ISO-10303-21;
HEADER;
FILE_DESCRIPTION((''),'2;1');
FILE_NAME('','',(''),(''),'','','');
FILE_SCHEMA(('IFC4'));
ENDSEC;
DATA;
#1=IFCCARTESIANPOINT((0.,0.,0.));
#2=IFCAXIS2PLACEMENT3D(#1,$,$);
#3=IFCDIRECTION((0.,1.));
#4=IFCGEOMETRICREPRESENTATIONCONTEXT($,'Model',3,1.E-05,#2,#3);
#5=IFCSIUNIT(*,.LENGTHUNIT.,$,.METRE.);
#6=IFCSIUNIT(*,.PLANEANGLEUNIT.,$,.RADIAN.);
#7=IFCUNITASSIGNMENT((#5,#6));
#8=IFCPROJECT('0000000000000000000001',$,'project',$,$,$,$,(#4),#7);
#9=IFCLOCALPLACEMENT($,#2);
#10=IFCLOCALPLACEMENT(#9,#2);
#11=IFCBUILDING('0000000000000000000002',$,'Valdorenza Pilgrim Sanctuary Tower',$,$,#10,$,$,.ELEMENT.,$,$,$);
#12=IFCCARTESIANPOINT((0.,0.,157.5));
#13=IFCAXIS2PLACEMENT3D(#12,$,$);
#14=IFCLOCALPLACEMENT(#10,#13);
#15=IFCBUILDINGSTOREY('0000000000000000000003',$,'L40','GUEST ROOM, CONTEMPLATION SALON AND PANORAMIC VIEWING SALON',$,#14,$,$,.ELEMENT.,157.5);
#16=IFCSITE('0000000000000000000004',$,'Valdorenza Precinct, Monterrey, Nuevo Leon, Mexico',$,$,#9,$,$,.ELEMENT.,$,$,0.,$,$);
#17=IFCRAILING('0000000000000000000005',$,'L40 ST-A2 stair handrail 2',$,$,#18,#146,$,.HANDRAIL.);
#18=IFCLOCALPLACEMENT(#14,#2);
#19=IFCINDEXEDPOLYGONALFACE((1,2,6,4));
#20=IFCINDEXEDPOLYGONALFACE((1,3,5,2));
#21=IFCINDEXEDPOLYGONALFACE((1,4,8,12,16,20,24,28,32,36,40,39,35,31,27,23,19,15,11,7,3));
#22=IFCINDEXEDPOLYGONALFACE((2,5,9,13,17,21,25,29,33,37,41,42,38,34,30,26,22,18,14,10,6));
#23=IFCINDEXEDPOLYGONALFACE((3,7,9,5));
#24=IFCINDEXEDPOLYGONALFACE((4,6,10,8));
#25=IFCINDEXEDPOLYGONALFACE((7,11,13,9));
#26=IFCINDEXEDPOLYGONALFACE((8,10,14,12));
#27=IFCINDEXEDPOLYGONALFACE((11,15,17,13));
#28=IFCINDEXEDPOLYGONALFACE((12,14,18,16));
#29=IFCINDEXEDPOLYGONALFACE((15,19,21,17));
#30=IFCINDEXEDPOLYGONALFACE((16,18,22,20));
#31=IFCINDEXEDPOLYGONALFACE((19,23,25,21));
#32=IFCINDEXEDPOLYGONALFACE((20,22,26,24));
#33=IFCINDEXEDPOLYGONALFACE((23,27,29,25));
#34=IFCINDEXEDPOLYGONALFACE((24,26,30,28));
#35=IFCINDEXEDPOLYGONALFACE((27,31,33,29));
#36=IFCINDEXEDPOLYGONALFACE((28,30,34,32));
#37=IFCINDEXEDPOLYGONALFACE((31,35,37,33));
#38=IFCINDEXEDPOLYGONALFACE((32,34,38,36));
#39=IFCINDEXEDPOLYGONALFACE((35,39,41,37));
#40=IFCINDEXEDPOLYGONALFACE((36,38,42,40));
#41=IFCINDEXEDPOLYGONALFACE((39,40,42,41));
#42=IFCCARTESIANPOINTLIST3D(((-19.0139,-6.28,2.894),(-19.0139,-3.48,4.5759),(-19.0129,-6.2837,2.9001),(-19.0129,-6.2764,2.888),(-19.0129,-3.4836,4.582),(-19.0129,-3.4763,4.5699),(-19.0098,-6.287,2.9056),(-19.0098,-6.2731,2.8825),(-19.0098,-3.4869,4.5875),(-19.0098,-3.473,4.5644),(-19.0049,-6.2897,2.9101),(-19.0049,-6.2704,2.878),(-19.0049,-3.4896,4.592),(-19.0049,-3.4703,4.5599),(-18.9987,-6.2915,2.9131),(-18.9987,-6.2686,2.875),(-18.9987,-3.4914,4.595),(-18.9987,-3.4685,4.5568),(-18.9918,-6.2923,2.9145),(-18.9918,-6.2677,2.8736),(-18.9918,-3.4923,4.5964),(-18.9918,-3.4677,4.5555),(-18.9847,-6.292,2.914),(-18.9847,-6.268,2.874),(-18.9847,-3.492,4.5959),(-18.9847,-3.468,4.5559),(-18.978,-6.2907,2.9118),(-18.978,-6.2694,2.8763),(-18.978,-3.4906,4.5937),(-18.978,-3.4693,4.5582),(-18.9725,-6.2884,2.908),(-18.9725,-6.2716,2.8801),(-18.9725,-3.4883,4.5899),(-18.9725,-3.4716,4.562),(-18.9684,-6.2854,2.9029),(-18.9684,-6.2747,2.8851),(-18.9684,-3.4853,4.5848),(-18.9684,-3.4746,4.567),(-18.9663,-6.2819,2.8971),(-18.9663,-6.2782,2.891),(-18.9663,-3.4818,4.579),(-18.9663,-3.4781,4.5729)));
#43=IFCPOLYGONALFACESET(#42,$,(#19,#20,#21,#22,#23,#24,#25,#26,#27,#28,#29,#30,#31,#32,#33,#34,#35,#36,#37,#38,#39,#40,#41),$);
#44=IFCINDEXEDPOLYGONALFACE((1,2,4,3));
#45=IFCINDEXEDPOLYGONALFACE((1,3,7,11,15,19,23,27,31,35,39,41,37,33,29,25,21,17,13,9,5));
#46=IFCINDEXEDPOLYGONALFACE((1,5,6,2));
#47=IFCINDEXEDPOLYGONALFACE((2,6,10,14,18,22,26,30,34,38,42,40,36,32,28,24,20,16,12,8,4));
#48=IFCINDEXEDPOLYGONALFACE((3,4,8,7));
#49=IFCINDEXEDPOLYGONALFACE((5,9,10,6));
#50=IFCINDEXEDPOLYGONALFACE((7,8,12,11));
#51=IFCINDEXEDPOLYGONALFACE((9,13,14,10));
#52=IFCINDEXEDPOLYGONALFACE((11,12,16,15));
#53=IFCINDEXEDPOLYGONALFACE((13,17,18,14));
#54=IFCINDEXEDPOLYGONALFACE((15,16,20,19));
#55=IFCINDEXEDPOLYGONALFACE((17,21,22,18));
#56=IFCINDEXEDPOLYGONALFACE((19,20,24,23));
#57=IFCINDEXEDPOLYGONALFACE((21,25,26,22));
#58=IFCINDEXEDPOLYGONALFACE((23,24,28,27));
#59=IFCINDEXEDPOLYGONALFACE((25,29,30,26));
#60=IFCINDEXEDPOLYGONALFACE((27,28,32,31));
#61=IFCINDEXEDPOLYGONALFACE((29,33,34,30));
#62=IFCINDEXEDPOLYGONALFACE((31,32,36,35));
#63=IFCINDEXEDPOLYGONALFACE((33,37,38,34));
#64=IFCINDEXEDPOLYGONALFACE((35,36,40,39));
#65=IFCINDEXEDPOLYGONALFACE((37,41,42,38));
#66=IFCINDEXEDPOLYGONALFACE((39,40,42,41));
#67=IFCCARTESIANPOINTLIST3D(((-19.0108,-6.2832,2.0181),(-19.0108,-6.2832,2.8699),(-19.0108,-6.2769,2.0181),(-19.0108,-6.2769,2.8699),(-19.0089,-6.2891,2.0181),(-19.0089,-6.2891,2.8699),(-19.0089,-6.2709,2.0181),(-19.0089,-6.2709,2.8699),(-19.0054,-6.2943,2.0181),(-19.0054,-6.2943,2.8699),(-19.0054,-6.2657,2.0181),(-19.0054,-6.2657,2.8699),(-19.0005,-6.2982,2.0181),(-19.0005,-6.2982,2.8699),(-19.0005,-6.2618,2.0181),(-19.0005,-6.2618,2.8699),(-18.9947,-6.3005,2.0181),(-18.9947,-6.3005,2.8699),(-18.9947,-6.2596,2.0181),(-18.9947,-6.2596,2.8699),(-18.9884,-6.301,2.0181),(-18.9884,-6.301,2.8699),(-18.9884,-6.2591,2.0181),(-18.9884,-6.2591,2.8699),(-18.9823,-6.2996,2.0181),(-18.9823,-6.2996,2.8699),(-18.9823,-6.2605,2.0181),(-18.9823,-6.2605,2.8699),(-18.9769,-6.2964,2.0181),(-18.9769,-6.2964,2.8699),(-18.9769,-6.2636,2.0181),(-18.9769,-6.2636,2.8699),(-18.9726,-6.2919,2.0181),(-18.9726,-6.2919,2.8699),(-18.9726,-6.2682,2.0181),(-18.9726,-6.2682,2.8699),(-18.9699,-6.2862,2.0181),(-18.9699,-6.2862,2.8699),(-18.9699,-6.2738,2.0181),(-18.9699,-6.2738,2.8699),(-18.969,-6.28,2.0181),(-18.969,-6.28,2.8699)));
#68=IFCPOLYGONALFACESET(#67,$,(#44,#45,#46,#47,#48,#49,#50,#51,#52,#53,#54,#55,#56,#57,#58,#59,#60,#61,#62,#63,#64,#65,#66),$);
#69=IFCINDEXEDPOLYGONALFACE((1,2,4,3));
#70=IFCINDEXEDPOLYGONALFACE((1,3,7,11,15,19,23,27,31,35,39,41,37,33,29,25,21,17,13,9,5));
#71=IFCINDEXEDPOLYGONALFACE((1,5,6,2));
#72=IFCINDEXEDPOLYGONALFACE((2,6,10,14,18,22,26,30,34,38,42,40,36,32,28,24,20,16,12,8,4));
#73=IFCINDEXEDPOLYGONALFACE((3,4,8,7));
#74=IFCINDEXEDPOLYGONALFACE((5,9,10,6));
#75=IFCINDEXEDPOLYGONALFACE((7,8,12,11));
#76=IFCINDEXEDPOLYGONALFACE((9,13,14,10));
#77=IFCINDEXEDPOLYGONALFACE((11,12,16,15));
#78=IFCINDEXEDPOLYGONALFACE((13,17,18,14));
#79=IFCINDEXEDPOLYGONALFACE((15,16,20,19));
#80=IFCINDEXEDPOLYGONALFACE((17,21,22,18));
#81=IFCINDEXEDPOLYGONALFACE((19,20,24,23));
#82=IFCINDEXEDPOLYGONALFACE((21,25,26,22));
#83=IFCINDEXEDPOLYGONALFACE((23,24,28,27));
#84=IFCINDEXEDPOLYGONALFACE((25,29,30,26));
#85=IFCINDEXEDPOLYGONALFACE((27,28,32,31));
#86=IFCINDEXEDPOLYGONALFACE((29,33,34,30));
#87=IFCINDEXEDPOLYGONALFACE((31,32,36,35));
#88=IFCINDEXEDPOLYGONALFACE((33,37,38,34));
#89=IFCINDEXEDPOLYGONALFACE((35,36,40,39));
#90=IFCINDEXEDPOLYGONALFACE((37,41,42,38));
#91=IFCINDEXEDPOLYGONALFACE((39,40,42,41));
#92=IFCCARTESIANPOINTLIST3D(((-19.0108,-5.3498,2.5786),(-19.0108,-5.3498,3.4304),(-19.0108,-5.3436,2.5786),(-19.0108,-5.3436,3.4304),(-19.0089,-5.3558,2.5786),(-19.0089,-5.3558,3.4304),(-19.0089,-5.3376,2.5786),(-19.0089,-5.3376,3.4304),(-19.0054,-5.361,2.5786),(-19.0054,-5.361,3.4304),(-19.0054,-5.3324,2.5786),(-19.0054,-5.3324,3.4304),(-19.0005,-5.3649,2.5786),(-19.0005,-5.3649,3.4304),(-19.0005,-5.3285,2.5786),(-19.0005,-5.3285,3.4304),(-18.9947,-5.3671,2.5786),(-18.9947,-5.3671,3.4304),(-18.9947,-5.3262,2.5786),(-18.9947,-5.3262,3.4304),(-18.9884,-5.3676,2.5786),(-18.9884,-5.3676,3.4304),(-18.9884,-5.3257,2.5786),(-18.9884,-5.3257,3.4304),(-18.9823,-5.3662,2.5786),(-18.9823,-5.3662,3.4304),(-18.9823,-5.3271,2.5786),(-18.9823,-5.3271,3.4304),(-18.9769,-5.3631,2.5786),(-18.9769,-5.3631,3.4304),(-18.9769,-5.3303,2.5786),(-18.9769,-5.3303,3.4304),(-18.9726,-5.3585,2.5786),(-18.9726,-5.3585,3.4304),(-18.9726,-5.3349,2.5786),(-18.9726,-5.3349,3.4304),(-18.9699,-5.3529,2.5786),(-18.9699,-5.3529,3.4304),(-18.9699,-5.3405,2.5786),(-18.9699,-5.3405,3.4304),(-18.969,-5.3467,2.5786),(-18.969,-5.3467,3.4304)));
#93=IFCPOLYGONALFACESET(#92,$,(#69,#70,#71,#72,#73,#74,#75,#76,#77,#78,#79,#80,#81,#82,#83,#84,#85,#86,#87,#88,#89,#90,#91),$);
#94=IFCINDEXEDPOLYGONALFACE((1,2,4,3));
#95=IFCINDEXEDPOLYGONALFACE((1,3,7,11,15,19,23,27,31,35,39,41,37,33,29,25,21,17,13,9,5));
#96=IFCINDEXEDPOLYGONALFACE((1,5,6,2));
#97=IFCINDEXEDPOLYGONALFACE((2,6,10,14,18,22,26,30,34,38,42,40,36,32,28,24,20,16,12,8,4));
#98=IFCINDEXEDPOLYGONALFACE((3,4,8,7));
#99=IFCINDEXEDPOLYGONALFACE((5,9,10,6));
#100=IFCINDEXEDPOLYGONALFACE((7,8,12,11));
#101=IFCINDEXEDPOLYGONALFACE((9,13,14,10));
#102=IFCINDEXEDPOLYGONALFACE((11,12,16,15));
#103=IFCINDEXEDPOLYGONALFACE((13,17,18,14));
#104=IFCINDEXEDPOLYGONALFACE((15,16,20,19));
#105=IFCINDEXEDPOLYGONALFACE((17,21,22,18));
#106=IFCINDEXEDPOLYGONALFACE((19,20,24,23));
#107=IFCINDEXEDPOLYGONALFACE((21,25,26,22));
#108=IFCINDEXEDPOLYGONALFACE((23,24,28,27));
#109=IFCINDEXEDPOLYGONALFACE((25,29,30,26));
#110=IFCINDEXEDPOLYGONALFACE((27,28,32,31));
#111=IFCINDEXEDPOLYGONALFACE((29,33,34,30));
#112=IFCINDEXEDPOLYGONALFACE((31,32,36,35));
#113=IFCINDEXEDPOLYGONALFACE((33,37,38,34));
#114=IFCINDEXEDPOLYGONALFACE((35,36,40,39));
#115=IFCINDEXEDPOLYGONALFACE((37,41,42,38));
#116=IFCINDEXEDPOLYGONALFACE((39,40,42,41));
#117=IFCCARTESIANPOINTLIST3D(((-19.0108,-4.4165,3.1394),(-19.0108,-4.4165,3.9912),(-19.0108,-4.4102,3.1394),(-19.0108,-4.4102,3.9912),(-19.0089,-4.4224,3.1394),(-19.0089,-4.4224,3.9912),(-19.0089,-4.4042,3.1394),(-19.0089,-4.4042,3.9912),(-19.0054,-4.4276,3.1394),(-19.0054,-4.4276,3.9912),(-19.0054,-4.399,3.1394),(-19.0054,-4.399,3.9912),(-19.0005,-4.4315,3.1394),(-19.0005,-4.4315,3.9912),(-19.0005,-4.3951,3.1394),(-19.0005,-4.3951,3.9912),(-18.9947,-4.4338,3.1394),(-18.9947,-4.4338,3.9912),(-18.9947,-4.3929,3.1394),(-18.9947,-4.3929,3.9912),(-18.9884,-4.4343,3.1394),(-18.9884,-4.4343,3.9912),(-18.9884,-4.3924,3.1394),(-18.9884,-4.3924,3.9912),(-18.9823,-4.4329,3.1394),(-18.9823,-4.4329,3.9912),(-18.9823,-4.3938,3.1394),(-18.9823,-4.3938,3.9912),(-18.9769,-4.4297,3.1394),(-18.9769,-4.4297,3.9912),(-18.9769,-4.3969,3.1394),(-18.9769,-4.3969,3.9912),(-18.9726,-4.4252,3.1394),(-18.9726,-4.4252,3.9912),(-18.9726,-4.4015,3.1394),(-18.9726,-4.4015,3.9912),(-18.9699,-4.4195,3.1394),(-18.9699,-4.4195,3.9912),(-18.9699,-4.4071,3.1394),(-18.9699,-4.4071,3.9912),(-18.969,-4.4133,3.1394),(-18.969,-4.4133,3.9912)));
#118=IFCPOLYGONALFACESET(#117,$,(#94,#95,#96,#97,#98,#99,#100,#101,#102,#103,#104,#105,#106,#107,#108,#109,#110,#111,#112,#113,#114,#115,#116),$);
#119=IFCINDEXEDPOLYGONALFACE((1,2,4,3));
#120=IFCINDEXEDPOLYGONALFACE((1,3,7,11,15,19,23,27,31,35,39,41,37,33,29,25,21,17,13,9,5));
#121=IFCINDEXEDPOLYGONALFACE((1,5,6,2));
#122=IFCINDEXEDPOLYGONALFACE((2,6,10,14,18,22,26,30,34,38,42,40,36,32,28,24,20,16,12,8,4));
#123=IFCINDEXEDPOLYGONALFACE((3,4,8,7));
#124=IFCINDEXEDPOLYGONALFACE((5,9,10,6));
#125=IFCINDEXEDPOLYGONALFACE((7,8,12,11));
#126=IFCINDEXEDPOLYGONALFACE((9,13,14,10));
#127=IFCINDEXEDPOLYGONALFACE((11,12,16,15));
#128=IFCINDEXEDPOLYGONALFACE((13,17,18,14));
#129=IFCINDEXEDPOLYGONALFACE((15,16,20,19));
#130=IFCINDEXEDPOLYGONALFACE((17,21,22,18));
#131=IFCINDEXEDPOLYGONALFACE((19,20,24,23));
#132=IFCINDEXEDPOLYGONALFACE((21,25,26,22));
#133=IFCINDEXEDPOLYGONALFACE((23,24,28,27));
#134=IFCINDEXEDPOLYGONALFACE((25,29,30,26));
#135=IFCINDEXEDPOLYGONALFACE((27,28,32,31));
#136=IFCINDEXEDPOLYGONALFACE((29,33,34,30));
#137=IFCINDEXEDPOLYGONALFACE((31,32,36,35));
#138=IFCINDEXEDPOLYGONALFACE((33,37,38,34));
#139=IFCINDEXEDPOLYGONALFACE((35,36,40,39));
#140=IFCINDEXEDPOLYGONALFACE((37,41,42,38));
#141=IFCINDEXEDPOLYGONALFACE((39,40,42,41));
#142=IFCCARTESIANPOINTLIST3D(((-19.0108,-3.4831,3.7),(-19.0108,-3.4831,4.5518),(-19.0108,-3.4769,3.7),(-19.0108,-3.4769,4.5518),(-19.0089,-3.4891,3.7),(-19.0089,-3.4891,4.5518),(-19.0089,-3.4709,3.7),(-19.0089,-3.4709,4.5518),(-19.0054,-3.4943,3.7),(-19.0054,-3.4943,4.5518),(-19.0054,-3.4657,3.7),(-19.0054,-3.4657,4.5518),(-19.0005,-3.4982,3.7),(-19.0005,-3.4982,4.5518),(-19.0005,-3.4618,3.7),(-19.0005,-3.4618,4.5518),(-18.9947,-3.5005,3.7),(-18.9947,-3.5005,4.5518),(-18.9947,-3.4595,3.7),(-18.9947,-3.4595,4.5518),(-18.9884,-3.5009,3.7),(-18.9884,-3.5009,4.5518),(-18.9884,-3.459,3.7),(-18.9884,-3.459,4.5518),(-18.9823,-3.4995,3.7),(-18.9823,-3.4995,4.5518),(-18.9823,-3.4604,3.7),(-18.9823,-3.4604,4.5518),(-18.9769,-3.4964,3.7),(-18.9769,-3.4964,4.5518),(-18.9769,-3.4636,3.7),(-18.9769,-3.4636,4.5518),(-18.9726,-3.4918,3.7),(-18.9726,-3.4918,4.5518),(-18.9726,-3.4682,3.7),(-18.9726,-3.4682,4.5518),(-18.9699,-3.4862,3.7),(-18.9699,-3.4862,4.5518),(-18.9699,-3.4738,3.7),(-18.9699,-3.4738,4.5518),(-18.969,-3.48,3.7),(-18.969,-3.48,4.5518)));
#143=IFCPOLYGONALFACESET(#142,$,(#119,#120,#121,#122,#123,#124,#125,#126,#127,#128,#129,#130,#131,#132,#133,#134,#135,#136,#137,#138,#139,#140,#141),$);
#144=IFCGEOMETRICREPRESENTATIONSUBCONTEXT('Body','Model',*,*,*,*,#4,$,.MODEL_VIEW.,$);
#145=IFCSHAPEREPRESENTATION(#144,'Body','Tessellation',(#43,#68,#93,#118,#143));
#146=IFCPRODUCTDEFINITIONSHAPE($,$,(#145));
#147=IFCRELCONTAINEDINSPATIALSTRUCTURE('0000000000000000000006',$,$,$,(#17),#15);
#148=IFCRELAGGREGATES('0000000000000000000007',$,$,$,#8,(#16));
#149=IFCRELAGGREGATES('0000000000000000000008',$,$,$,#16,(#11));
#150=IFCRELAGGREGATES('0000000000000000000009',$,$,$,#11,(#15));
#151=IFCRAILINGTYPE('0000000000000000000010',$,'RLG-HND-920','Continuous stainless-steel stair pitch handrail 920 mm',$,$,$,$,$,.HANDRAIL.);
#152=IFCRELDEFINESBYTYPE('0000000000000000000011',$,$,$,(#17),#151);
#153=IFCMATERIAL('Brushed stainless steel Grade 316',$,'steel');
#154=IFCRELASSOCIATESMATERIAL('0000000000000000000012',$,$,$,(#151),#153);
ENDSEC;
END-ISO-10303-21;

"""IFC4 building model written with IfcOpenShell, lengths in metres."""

from ifc_helpers import new_model, si_unit, direction, frame, origin, origin_2d, place, context, subcontext, project, spatial, circle, extrude, material, type_object, element, save


model = new_model("IFC4")

# Units and contexts
model_context = context("Model", 3, precision=1e-05, world=origin(), true_north=direction((0.0, 1.0)))
body_context = subcontext(model_context, "Body", "Model", "MODEL_VIEW")
ifc_project = project(units=[si_unit("LENGTHUNIT", "METRE"), si_unit("PLANEANGLEUNIT", "RADIAN")], contexts=[model_context])

# Site, building, storey
site_placement = place(None, origin())
site = spatial("IfcSite", under=ifc_project, at=site_placement, Name="Valdorenza Precinct, Monterrey, Nuevo Leon, Mexico", CompositionType="ELEMENT", RefElevation=0.0)
building_placement = place(site_placement, origin())
building = spatial("IfcBuilding", under=site, at=building_placement, Name="Valdorenza Pilgrim Sanctuary Tower", CompositionType="ELEMENT")
storey_placement = place(building_placement, frame((0.0, 0.0, 157.5)))
storey = spatial("IfcBuildingStorey", under=building, at=storey_placement, Name="L40", Description="GUEST ROOM, CONTEMPLATION SALON AND PANORAMIC VIEWING SALON", CompositionType="ELEMENT", Elevation=157.5)

# Shared definitions
ifc_material_1 = material(Name="Brushed stainless steel Grade 316", Category="steel")

# Railing
railing_type_1 = type_object("IfcRailingType", Name="RLG-HND-920", Description="Continuous stainless-steel stair pitch handrail 920 mm", PredefinedType="HANDRAIL", material=ifc_material_1)
railing_1_placement = place(storey_placement, frame((-18.99, -6.28, 2.0181)))
element("IfcRailing", 1, at=railing_1_placement, inside=storey, type_object=railing_type_1, Name="L40 ST-A2 stair handrail 2", PredefinedType="HANDRAIL", context=body_context, shape_type="SweptSolid", body=[
    extrude(circle(Radius=0.0239, at=origin_2d()), frame((0.0, 0.0, 0.876), z_axis=(0.0, 0.857242, 0.514913), x_axis=(-1.0, 0.0, 0.0)), (0.0, 0.0, 1.0), 3.2664),
    extrude(circle(Radius=0.021, at=origin_2d()), origin(), (0.0, 0.0, 1.0), 0.8518),
    extrude(circle(Radius=0.021, at=origin_2d()), frame((0.0, 0.9333, 0.5605)), (0.0, 0.0, 1.0), 0.8518),
    extrude(circle(Radius=0.021, at=origin_2d()), frame((0.0, 1.8667, 1.1213)), (0.0, 0.0, 1.0), 0.8518),
    extrude(circle(Radius=0.021, at=origin_2d()), frame((0.0, 2.8, 1.6819)), (0.0, 0.0, 1.0), 0.8518),
])

save(model, "model.ifc")
